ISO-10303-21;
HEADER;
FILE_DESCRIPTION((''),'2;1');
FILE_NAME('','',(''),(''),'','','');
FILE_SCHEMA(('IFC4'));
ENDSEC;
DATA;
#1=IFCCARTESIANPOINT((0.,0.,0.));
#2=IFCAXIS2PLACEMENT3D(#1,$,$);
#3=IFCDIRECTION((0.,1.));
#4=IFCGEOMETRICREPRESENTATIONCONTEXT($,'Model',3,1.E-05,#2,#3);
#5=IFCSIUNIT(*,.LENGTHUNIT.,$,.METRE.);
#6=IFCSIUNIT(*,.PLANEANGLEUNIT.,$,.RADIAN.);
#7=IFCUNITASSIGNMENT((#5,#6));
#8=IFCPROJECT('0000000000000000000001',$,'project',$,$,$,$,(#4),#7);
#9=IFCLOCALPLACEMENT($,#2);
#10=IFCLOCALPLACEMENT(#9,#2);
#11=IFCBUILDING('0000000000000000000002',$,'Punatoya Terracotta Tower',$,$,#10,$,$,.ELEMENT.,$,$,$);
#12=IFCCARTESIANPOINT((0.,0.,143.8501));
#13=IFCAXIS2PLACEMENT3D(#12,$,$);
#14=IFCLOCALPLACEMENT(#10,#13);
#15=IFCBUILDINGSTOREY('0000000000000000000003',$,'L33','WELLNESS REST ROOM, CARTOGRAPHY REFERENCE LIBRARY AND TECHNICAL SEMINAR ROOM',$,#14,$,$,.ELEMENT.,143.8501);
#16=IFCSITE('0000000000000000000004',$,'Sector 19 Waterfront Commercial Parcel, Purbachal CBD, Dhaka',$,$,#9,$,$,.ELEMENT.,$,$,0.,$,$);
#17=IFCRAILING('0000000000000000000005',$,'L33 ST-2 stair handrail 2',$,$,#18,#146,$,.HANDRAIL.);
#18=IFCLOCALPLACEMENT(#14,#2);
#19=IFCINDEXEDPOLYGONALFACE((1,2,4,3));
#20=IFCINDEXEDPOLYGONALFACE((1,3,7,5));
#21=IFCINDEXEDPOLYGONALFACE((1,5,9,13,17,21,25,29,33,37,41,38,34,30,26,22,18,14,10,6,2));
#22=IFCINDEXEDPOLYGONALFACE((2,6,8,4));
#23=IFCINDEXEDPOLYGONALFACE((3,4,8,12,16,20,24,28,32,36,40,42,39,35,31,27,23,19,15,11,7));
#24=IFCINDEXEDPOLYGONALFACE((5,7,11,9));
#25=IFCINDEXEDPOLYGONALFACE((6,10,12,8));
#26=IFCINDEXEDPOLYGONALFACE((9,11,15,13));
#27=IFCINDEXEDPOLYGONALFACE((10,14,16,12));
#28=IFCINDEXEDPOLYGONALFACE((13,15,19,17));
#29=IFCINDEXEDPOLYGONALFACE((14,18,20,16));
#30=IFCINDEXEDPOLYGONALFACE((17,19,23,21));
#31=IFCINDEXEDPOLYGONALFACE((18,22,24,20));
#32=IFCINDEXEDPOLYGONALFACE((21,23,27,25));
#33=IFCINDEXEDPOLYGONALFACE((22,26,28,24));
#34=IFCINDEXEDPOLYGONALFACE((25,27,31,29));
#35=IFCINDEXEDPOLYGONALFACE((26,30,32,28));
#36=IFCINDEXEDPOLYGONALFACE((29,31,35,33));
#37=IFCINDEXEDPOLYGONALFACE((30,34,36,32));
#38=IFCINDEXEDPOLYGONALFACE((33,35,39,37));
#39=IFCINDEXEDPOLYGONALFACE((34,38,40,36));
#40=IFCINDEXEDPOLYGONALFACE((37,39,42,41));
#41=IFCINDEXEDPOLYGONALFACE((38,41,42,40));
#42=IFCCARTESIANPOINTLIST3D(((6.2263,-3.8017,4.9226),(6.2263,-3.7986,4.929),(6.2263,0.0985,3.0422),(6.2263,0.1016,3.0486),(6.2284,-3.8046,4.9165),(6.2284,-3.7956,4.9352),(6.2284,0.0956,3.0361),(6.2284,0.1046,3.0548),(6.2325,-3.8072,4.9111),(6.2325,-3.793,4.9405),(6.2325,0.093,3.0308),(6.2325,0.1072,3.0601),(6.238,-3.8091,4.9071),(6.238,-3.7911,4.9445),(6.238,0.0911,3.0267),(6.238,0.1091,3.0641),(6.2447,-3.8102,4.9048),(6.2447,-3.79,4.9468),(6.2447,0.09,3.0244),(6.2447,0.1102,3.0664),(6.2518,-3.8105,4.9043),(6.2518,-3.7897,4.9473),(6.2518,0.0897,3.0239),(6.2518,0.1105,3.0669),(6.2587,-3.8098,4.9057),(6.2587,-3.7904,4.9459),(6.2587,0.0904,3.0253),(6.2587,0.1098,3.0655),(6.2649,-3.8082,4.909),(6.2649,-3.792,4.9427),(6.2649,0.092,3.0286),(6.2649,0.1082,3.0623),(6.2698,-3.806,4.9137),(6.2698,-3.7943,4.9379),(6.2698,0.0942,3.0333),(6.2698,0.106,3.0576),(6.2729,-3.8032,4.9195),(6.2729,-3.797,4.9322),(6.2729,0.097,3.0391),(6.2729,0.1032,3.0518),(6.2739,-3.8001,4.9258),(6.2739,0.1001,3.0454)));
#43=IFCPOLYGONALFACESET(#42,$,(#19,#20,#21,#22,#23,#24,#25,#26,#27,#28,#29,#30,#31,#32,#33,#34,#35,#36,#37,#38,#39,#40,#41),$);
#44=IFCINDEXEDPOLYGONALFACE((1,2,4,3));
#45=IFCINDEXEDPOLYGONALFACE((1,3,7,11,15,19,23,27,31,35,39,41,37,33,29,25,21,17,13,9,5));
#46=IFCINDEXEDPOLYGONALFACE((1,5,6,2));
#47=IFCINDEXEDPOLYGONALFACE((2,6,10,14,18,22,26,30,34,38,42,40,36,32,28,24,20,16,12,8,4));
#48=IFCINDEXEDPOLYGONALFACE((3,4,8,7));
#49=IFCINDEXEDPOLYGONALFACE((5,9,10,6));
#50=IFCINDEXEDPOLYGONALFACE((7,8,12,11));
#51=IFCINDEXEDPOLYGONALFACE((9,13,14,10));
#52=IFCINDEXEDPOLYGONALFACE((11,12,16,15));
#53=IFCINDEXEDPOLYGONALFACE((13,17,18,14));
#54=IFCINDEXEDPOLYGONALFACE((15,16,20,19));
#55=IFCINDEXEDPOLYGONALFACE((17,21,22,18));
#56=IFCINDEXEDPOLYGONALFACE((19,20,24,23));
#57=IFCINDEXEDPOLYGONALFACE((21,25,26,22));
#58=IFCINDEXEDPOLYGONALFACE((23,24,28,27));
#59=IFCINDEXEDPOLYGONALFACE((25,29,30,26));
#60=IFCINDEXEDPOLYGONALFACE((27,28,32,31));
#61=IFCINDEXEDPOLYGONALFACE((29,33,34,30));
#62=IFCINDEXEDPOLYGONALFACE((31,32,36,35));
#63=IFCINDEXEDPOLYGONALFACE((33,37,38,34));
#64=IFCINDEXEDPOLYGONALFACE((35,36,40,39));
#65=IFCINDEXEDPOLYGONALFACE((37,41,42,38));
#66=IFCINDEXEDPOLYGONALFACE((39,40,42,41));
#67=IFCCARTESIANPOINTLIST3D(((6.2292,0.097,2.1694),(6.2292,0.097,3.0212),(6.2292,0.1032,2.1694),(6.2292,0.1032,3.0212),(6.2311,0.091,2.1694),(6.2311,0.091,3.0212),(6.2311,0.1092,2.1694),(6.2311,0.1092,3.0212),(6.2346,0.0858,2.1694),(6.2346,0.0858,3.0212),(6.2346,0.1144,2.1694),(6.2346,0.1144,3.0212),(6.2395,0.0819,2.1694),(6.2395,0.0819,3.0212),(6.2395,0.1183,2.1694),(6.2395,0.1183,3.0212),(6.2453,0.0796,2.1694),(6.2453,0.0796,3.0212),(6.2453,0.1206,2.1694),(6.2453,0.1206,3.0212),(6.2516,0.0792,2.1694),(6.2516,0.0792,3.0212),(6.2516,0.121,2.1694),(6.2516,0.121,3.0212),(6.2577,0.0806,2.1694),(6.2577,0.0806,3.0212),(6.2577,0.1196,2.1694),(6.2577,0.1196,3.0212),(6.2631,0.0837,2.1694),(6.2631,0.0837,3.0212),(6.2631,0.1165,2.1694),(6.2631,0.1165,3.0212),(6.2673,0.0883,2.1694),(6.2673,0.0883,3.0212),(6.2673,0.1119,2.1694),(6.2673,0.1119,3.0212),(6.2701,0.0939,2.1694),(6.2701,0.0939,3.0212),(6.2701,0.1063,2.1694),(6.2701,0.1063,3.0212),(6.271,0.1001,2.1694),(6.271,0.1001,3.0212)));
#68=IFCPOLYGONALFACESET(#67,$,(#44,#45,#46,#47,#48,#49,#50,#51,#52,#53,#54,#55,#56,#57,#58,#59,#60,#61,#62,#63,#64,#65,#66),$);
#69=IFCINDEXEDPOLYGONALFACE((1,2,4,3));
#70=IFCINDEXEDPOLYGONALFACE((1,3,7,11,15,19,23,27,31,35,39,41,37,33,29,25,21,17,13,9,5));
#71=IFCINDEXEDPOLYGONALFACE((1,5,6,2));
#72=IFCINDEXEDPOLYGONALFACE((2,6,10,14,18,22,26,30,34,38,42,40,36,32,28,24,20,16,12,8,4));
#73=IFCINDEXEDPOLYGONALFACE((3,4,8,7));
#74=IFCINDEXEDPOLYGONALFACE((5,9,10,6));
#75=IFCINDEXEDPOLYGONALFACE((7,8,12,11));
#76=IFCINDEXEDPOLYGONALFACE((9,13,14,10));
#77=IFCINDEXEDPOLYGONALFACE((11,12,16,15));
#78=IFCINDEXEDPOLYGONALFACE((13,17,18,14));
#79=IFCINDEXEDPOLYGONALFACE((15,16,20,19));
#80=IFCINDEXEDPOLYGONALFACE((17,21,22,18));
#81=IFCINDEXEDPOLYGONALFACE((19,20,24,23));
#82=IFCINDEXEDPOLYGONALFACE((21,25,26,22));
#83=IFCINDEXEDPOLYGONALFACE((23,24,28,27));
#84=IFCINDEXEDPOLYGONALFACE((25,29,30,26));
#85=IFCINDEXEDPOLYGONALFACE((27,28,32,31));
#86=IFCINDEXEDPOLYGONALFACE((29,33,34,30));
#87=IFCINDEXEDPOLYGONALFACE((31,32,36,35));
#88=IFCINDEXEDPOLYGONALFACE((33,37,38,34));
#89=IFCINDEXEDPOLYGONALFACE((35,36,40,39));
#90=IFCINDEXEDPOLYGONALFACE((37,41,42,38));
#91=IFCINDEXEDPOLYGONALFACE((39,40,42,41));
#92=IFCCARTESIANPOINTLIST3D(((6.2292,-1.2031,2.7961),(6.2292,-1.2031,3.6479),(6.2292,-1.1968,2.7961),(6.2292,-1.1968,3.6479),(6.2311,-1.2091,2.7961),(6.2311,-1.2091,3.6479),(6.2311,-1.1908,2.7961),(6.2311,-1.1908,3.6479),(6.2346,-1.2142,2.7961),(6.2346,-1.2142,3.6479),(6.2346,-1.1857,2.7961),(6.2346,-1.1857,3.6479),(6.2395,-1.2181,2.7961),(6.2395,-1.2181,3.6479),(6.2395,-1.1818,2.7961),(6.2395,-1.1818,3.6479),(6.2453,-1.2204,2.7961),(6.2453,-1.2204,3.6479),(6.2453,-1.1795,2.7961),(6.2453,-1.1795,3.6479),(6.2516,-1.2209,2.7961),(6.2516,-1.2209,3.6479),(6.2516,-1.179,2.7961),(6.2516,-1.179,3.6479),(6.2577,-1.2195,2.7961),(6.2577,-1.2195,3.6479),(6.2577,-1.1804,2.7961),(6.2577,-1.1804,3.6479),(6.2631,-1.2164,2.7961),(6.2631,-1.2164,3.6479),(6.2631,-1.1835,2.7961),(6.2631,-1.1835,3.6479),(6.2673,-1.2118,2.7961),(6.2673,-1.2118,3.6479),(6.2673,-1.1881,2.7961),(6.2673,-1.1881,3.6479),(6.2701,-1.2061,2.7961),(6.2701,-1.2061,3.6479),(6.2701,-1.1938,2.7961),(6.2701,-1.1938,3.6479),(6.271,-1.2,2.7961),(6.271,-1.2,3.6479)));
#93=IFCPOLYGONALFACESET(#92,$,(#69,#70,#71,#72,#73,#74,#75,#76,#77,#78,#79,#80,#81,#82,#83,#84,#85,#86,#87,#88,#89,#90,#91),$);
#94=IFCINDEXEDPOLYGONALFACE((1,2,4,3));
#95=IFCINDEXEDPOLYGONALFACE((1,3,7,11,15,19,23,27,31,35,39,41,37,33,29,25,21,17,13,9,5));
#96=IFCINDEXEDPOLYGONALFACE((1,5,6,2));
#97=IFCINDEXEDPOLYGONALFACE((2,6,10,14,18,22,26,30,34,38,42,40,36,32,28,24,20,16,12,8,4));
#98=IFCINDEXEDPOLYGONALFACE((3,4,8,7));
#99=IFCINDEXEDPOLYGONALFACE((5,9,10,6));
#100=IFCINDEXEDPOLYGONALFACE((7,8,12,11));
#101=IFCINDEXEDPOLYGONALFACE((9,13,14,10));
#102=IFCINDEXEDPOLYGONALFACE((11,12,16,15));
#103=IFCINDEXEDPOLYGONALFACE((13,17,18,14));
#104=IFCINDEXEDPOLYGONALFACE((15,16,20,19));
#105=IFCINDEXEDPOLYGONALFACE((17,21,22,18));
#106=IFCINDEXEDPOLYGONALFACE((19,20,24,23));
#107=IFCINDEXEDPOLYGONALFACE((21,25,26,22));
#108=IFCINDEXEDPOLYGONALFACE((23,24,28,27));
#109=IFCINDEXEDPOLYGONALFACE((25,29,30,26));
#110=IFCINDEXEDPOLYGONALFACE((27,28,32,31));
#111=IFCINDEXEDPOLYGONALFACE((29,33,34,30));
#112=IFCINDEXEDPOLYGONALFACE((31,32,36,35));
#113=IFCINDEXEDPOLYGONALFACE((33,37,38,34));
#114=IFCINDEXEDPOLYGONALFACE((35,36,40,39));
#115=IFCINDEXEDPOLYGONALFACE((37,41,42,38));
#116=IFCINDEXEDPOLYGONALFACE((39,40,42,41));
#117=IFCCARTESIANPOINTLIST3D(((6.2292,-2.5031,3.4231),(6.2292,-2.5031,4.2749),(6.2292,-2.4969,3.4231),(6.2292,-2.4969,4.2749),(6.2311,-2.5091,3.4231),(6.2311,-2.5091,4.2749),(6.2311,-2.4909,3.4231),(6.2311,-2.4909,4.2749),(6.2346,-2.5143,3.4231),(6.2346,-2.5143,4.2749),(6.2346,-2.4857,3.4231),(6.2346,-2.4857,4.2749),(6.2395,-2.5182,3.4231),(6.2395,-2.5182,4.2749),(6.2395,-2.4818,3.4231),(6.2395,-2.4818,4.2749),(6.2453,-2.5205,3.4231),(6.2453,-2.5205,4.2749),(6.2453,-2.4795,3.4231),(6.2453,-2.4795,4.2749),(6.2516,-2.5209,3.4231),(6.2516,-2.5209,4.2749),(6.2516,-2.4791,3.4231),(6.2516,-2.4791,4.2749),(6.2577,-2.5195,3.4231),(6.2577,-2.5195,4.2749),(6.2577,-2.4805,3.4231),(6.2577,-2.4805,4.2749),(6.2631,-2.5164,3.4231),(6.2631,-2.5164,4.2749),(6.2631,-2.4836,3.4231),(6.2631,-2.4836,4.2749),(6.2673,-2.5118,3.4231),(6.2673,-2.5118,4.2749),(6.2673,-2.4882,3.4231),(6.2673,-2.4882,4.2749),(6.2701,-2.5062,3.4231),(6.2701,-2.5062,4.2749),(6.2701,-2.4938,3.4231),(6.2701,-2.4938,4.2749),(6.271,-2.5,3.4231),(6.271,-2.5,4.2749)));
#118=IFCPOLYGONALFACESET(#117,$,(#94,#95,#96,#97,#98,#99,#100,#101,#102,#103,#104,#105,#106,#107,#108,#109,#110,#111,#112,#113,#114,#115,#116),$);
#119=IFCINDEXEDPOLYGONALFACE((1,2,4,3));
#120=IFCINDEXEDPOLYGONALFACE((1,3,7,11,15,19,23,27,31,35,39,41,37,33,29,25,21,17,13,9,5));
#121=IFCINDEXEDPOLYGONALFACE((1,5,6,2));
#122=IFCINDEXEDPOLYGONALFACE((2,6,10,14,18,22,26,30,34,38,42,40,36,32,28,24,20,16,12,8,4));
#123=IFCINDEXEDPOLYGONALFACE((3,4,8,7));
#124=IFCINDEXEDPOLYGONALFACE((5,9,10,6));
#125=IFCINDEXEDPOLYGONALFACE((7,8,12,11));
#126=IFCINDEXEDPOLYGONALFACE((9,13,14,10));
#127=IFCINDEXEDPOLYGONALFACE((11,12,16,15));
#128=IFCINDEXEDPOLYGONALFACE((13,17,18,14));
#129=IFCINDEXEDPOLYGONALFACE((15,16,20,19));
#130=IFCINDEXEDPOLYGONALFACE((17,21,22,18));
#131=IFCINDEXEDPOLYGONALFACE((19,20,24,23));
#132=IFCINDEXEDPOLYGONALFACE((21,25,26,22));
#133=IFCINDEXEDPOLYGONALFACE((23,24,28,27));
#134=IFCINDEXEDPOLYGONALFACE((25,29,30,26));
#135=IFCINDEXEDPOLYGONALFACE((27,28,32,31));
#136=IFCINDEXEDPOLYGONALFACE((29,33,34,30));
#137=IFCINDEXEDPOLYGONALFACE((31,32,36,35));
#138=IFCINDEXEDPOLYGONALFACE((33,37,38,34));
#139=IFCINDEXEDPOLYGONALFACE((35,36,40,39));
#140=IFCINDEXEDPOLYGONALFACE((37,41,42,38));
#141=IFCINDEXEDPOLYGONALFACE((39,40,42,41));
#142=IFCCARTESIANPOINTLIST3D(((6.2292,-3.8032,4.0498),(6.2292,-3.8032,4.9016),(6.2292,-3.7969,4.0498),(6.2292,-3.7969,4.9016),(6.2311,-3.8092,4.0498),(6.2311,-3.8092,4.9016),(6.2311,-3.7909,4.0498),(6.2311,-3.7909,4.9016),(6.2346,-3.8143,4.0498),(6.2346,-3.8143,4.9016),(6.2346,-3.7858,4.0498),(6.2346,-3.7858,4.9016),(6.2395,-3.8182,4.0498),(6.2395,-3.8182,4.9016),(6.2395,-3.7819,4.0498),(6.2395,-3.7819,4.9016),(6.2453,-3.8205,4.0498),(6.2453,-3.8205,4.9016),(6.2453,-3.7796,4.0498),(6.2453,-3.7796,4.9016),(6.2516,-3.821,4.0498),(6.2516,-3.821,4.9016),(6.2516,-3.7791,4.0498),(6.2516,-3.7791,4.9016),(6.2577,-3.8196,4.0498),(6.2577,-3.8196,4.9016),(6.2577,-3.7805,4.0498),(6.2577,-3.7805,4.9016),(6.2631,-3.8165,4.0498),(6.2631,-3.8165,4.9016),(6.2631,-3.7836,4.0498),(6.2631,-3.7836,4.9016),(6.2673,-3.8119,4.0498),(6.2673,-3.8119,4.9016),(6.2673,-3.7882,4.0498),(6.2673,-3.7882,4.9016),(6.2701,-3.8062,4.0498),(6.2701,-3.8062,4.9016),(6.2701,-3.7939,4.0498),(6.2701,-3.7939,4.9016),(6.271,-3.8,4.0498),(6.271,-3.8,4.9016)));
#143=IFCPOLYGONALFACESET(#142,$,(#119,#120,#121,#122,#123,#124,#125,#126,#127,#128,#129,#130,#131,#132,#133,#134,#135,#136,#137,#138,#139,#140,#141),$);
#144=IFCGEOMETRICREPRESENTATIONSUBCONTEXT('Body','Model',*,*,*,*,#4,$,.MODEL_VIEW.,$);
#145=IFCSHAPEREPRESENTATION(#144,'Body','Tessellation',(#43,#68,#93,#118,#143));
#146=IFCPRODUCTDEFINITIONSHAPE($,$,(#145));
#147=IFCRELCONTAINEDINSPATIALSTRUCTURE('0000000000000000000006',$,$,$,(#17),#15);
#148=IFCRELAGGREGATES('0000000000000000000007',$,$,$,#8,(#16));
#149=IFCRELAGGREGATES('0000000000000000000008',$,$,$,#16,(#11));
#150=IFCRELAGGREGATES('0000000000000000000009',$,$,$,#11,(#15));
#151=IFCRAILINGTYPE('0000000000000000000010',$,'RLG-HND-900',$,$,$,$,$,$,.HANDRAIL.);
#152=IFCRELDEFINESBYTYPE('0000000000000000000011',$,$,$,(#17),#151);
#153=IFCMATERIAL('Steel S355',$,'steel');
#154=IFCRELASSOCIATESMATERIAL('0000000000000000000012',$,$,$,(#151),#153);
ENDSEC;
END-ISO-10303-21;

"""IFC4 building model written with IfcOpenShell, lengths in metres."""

from ifc_helpers import new_model, si_unit, direction, frame, origin, origin_2d, place, context, subcontext, project, spatial, circle, extrude, material, type_object, element, save


model = new_model("IFC4")

# Units and contexts
model_context = context("Model", 3, precision=1e-05, world=origin(), true_north=direction((0.0, 1.0)))
body_context = subcontext(model_context, "Body", "Model", "MODEL_VIEW")
ifc_project = project(units=[si_unit("LENGTHUNIT", "METRE"), si_unit("PLANEANGLEUNIT", "RADIAN")], contexts=[model_context])

# Site, building, storey
site_placement = place(None, origin())
site = spatial("IfcSite", under=ifc_project, at=site_placement, Name="Sector 19 Waterfront Commercial Parcel, Purbachal CBD, Dhaka", CompositionType="ELEMENT", RefElevation=0.0)
building_placement = place(site_placement, origin())
building = spatial("IfcBuilding", under=site, at=building_placement, Name="Punatoya Terracotta Tower", CompositionType="ELEMENT")
storey_placement = place(building_placement, frame((0.0, 0.0, 143.8501)))
storey = spatial("IfcBuildingStorey", under=building, at=storey_placement, Name="L33", Description="WELLNESS REST ROOM, CARTOGRAPHY REFERENCE LIBRARY AND TECHNICAL SEMINAR ROOM", CompositionType="ELEMENT", Elevation=143.8501)

# Shared definitions
ifc_material_1 = material(Name="Steel S355", Category="steel")

# Railing
railing_type_1 = type_object("IfcRailingType", Name="RLG-HND-900", PredefinedType="HANDRAIL", material=ifc_material_1)
railing_1_placement = place(storey_placement, frame((6.25, 0.1001, 2.1694)))
element("IfcRailing", 1, at=railing_1_placement, inside=storey, type_object=railing_type_1, Name="L33 ST-2 stair handrail 2", PredefinedType="HANDRAIL", context=body_context, shape_type="SweptSolid", body=[
    extrude(circle(Radius=0.0239, at=origin_2d()), frame((0.0, 0.0, 0.876), z_axis=(0.0, -0.900774, 0.434289), x_axis=(1.0, 0.0, 0.0)), (0.0, 0.0, 1.0), 4.3298),
    extrude(circle(Radius=0.021, at=origin_2d()), origin(), (0.0, 0.0, 1.0), 0.8518),
    extrude(circle(Radius=0.021, at=origin_2d()), frame((0.0, -1.3, 0.6267)), (0.0, 0.0, 1.0), 0.8518),
    extrude(circle(Radius=0.021, at=origin_2d()), frame((0.0, -2.6001, 1.2537)), (0.0, 0.0, 1.0), 0.8518),
    extrude(circle(Radius=0.021, at=origin_2d()), frame((0.0, -3.9001, 1.8804)), (0.0, 0.0, 1.0), 0.8518),
])

save(model, "model.ifc")
